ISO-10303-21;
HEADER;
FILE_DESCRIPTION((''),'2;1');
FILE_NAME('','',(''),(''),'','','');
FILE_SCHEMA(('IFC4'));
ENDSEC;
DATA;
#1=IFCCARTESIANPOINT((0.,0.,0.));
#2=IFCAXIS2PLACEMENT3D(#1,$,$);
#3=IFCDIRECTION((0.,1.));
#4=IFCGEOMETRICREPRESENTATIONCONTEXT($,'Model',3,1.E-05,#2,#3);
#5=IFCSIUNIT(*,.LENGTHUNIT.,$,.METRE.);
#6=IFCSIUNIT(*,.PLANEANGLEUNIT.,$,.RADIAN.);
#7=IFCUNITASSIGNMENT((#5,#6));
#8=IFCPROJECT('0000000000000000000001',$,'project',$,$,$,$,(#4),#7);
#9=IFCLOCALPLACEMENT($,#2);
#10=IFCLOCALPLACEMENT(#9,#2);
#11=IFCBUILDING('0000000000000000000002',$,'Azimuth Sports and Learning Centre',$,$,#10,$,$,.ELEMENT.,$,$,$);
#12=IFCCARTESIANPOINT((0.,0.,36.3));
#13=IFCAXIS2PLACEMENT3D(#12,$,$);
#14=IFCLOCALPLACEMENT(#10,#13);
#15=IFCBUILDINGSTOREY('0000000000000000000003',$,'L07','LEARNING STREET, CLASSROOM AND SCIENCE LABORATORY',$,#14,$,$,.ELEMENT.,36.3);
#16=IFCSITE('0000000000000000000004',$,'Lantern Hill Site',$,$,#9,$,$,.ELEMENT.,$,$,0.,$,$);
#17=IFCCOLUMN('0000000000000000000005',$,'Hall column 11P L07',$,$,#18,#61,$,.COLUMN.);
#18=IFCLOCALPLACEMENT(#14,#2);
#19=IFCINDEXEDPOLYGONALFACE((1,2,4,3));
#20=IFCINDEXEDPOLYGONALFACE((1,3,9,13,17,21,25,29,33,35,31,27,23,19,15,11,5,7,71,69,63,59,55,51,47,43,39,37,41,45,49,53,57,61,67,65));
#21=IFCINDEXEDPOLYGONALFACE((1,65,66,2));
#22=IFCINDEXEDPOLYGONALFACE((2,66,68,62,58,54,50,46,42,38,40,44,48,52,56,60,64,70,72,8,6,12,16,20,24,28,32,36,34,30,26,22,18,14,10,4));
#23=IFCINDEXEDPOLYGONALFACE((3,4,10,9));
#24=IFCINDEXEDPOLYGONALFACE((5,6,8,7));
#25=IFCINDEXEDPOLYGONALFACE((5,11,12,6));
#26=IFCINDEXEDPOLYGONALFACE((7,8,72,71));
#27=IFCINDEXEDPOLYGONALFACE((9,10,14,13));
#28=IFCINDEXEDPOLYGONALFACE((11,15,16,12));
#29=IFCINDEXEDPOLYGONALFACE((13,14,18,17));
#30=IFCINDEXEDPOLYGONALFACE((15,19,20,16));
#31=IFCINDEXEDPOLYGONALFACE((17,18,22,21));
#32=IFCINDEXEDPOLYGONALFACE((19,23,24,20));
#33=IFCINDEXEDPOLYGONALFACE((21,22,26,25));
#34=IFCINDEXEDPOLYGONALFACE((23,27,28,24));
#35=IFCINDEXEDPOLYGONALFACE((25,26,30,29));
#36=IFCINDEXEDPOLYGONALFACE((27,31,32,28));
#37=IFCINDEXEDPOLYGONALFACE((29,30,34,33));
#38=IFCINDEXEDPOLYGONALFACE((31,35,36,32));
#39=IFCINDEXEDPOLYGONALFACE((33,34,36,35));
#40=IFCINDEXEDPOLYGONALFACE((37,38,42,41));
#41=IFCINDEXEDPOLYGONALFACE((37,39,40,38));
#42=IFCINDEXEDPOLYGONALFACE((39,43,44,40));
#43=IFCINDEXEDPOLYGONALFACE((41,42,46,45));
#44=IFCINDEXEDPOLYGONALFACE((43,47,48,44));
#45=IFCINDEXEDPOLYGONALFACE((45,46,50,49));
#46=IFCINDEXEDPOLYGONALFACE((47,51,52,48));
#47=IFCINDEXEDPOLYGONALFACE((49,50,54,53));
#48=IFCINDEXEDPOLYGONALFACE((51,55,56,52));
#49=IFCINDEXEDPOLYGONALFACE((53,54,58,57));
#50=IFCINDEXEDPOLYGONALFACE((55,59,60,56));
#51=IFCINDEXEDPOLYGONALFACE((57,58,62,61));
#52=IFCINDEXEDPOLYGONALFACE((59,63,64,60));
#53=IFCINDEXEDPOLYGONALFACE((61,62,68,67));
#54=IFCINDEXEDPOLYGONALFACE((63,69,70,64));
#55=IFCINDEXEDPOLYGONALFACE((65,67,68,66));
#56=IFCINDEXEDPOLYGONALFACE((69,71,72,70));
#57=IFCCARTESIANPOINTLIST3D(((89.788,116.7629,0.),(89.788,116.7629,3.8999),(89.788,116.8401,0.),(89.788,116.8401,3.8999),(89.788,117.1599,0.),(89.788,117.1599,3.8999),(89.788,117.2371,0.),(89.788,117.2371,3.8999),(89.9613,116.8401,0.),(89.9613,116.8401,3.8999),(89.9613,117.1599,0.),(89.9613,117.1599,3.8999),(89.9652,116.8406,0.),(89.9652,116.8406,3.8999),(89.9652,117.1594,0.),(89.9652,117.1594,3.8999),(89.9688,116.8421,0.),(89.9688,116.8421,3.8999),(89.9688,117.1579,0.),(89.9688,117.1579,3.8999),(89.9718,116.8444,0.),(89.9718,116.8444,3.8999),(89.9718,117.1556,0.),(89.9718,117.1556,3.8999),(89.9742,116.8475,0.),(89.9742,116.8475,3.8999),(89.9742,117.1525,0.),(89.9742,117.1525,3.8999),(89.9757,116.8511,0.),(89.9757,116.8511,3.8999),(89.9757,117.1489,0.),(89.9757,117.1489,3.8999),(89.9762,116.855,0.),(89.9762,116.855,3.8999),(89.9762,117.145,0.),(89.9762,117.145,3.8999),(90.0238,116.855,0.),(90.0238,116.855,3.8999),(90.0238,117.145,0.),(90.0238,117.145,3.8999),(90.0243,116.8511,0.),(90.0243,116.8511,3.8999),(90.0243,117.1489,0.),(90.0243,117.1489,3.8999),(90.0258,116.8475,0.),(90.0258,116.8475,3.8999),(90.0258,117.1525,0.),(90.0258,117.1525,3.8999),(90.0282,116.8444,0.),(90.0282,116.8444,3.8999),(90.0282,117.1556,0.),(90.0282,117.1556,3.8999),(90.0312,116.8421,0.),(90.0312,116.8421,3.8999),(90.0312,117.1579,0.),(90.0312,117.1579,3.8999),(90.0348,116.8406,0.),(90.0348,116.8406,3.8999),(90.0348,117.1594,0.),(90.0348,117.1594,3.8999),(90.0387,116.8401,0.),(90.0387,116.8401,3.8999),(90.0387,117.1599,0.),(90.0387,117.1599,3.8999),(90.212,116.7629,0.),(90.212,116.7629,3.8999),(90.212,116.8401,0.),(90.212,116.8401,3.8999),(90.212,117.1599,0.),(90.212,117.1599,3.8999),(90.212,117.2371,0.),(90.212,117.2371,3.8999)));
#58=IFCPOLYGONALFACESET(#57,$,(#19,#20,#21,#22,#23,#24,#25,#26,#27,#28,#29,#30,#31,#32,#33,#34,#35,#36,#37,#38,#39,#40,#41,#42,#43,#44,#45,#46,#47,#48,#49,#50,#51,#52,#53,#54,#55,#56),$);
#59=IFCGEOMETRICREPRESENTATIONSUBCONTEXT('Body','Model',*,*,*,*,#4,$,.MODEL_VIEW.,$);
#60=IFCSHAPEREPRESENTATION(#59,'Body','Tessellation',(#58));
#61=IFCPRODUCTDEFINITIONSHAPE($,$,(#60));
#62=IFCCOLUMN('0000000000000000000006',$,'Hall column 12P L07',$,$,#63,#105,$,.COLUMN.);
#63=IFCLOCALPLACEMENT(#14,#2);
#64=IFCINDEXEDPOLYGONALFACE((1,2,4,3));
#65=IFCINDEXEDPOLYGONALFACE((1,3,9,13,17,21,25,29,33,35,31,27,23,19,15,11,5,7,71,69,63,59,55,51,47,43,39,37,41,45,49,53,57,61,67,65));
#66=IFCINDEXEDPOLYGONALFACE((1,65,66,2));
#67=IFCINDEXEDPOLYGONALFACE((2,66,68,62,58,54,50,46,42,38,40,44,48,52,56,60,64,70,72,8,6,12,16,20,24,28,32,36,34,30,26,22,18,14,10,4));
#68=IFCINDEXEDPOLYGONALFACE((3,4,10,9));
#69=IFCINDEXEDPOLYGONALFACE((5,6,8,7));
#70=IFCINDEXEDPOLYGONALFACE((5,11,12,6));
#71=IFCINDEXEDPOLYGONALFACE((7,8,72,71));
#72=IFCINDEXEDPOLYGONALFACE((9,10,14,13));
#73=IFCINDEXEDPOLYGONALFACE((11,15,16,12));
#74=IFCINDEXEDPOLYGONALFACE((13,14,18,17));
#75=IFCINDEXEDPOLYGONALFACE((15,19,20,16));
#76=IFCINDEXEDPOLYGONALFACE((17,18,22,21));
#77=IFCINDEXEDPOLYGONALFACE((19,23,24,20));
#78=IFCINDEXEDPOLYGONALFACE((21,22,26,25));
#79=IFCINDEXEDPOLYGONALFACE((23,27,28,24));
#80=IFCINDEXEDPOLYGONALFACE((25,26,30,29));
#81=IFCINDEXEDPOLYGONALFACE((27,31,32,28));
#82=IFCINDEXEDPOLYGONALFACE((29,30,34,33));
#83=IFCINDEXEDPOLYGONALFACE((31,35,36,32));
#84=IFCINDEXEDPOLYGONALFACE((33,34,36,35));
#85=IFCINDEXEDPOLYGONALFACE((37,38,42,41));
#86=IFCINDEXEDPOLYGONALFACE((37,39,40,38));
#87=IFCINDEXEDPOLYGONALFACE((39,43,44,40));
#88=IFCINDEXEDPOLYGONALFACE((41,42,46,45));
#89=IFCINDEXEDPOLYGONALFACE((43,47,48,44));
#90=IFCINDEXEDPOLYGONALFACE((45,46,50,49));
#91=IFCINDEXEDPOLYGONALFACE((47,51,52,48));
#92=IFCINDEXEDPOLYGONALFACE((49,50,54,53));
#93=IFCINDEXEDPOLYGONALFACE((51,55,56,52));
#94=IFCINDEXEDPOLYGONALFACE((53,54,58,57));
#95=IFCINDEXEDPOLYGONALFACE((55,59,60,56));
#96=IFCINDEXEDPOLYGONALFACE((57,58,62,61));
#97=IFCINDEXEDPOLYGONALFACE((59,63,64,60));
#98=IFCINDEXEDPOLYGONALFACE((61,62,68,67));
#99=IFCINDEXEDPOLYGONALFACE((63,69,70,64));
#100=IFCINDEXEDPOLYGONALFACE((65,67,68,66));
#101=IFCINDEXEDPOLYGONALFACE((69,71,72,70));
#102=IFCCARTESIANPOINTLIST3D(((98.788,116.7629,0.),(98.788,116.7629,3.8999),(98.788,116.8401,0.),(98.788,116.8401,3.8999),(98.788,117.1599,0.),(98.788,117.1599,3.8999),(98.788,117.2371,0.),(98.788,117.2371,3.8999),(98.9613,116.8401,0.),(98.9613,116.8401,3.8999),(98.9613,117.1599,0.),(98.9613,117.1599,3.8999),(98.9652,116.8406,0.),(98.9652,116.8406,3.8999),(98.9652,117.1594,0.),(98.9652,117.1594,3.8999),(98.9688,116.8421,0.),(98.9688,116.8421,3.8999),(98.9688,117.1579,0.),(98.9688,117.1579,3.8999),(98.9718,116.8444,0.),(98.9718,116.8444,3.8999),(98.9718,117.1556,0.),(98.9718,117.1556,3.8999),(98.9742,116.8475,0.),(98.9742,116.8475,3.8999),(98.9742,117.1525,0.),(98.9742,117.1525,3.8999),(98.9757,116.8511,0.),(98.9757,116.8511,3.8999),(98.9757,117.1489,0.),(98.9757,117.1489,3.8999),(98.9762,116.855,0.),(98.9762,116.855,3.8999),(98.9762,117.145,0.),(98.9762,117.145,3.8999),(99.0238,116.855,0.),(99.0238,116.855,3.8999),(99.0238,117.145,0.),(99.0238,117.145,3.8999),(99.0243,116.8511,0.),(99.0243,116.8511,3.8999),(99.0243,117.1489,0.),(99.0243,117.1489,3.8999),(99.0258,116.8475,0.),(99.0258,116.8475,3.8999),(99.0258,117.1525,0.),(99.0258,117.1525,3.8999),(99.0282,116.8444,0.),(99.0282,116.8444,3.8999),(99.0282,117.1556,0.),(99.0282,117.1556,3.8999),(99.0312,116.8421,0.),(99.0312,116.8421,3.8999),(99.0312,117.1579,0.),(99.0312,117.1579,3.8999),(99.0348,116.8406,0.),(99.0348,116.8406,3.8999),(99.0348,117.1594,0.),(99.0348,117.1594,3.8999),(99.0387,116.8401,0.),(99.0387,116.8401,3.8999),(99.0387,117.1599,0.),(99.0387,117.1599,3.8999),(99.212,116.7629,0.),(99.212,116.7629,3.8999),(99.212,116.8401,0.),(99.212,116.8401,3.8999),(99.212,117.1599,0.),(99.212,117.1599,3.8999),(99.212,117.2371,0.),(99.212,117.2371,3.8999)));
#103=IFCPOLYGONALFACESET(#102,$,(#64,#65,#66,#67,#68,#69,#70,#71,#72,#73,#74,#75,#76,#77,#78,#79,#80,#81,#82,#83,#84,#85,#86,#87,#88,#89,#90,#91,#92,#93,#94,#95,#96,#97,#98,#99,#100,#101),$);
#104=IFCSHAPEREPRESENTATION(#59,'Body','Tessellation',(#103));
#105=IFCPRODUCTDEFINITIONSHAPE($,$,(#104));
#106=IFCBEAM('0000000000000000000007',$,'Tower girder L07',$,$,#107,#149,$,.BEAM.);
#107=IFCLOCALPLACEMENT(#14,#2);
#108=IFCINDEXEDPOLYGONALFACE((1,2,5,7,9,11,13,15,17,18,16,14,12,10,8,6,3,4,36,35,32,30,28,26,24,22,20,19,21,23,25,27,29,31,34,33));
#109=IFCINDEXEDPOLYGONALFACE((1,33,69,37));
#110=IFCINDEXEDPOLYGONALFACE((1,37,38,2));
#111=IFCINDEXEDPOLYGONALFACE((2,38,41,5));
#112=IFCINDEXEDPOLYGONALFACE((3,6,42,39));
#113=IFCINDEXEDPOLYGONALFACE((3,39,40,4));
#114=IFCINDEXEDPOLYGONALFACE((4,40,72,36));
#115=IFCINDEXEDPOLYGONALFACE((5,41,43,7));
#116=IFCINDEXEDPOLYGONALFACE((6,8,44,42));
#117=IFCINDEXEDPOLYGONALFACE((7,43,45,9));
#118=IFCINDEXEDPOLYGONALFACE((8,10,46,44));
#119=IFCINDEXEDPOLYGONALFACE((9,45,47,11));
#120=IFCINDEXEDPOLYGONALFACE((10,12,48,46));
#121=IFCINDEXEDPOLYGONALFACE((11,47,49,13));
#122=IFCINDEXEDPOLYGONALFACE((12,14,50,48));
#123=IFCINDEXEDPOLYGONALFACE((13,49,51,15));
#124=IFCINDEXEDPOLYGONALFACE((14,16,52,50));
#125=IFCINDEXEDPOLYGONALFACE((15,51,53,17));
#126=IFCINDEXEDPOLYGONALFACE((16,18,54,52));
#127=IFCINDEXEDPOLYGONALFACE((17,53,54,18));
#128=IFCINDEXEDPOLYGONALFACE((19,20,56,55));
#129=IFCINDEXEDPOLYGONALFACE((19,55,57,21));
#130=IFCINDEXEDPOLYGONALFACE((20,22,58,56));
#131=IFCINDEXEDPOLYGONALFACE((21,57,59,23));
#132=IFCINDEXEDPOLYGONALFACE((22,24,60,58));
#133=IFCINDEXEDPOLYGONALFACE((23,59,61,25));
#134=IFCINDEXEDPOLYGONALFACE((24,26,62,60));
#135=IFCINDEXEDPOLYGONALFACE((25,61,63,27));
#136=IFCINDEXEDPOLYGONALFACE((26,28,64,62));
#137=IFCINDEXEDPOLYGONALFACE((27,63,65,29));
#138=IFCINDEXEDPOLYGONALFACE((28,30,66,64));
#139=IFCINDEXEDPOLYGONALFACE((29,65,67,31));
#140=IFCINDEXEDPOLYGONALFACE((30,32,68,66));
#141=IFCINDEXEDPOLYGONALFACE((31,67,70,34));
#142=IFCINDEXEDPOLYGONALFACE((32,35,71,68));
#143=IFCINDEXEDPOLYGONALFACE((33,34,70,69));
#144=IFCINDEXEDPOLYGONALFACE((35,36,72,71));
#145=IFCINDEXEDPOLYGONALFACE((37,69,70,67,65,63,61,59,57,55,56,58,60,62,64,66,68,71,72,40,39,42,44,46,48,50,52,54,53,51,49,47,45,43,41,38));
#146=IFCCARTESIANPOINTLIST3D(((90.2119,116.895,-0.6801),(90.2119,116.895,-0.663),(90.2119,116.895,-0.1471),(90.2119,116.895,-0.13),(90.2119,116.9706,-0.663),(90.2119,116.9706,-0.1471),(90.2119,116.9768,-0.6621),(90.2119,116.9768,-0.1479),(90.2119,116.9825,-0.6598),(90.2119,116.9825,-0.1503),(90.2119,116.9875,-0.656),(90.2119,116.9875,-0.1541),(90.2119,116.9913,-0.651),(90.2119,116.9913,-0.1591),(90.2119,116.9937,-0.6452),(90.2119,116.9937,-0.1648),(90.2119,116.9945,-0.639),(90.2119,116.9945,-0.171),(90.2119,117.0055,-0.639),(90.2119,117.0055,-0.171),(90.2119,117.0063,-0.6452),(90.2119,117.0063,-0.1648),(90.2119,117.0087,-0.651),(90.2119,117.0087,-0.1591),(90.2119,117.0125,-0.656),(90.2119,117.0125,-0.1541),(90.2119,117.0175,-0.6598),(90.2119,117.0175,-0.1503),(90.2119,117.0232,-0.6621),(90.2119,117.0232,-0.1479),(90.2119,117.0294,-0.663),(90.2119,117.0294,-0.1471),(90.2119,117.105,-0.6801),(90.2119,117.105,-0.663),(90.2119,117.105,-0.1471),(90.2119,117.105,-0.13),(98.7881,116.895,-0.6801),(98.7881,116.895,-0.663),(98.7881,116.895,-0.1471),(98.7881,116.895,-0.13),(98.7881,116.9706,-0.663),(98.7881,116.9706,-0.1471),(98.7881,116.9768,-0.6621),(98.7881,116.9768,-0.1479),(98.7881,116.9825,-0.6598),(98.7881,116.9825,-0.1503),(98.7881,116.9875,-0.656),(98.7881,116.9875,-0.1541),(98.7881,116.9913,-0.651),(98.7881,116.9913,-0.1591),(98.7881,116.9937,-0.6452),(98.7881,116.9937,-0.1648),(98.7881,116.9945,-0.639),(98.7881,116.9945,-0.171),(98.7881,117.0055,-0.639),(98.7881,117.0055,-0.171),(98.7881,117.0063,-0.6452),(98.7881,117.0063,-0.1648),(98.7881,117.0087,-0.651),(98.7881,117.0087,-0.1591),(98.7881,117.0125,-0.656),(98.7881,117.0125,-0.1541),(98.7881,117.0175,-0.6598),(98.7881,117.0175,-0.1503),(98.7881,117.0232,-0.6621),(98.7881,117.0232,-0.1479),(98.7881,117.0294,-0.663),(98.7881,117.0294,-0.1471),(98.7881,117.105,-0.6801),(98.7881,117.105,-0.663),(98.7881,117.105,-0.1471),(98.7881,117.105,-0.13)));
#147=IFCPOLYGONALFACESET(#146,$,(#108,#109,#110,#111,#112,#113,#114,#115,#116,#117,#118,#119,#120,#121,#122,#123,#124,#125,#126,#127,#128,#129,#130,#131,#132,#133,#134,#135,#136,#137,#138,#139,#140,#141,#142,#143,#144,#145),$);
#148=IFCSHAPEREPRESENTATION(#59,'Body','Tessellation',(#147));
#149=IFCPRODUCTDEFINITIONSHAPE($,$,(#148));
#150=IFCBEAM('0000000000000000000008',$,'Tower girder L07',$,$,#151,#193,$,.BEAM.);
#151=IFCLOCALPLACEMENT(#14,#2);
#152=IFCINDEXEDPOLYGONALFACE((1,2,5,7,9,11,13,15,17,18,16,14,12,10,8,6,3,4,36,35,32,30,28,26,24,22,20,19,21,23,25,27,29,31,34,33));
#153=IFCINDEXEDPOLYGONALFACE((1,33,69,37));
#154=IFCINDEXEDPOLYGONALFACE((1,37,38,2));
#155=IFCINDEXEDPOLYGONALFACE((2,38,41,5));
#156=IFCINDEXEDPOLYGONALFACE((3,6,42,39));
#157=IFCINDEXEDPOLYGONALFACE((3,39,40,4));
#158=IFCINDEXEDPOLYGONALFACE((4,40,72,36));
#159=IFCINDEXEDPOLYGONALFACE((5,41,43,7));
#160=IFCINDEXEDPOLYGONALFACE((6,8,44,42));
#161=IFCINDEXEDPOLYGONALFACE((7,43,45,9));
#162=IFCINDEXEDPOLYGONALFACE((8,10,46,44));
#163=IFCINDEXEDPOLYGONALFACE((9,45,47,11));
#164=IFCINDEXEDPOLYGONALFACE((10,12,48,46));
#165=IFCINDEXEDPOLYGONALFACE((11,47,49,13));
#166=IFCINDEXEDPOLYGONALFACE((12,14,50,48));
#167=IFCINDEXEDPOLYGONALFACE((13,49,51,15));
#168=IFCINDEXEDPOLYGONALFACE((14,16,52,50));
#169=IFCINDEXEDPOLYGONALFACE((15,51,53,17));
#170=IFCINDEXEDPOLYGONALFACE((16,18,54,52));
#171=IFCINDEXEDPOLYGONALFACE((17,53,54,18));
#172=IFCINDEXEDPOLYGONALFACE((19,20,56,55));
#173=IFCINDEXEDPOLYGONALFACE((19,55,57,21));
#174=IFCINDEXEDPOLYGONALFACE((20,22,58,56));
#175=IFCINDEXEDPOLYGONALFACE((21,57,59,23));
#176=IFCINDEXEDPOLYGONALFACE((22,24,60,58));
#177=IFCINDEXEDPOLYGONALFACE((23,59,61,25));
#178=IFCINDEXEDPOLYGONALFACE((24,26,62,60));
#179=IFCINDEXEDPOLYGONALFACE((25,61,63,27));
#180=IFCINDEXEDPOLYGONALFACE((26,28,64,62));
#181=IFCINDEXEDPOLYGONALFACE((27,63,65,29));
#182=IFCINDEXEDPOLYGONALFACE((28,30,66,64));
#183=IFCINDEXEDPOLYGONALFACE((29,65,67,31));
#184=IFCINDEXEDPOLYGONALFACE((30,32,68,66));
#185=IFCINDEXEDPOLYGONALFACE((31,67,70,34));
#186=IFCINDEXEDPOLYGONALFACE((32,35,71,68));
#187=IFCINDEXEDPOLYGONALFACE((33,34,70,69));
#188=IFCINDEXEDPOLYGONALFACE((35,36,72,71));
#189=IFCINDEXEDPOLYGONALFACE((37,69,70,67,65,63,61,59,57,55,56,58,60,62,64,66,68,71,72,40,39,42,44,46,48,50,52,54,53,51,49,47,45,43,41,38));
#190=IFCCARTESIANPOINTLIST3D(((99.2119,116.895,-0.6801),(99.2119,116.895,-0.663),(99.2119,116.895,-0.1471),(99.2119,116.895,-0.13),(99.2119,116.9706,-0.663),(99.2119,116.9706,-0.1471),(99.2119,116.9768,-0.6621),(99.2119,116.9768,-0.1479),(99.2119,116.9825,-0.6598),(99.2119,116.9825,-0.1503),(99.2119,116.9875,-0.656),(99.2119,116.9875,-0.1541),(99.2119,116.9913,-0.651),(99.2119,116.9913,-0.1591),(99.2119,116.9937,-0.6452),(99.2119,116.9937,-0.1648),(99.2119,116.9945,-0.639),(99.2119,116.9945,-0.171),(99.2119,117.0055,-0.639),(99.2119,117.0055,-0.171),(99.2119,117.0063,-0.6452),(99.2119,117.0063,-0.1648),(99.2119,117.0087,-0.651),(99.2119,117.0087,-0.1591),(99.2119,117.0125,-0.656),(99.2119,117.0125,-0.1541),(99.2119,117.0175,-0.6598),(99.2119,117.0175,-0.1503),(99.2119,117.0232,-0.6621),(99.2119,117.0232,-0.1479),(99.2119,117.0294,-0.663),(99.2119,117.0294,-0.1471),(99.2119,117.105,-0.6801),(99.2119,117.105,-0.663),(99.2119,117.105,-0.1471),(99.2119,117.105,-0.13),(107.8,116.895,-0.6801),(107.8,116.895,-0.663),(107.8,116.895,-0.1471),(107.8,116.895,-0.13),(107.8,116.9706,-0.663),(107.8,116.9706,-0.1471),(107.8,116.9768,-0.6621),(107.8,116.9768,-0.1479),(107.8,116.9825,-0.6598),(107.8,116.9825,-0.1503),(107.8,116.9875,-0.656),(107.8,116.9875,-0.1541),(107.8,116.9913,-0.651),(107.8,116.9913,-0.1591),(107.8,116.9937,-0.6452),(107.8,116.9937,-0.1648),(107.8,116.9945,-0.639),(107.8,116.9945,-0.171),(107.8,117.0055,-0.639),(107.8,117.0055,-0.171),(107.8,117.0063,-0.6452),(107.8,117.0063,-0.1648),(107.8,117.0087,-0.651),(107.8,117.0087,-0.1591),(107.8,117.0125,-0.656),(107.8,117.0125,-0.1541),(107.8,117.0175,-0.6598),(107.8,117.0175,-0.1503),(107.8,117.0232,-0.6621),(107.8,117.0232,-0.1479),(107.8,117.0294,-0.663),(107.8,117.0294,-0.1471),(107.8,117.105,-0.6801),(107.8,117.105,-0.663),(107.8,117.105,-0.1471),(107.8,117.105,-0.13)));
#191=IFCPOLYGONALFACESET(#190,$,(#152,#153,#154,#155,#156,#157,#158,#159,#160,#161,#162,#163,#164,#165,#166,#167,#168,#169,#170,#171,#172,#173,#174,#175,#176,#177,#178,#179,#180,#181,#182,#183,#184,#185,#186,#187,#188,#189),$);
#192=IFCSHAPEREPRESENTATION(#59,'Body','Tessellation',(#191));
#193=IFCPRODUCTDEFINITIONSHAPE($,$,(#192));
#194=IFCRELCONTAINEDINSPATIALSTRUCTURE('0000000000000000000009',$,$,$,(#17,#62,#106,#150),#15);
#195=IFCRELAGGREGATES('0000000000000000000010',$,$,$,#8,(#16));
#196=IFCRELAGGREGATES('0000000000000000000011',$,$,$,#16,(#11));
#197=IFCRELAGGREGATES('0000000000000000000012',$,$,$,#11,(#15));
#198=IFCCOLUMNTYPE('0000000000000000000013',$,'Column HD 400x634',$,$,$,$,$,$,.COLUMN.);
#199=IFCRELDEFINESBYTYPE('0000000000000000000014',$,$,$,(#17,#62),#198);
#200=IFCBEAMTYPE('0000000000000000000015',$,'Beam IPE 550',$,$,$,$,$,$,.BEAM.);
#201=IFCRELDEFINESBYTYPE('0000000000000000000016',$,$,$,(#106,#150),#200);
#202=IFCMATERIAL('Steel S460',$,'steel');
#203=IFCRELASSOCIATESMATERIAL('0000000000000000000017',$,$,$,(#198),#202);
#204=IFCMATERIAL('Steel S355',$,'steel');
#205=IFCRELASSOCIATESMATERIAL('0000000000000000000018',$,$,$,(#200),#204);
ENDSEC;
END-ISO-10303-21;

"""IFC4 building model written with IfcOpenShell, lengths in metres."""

from ifc_helpers import new_model, si_unit, direction, frame, origin, origin_2d, place, context, subcontext, project, spatial, i_section, extrude, material, material_profile, profile_set, type_object, element, save


model = new_model("IFC4")

# Units and contexts
model_context = context("Model", 3, precision=1e-05, world=origin(), true_north=direction((0.0, 1.0)))
body_context = subcontext(model_context, "Body", "Model", "MODEL_VIEW")
ifc_project = project(units=[si_unit("LENGTHUNIT", "METRE"), si_unit("PLANEANGLEUNIT", "RADIAN")], contexts=[model_context])

# Site, building, storey
site_placement = place(None, origin())
site = spatial("IfcSite", under=ifc_project, at=site_placement, Name="Lantern Hill Site", CompositionType="ELEMENT", RefElevation=0.0)
building_placement = place(site_placement, origin())
building = spatial("IfcBuilding", under=site, at=building_placement, Name="Azimuth Sports and Learning Centre", CompositionType="ELEMENT")
storey_placement = place(building_placement, frame((0.0, 0.0, 36.3)))
storey = spatial("IfcBuildingStorey", under=building, at=storey_placement, Name="L07", Description="LEARNING STREET, CLASSROOM AND SCIENCE LABORATORY", CompositionType="ELEMENT", Elevation=36.3)

# Columns
ifc_material_1 = material(Name="Steel S460", Category="steel")
ifc_material_profile_1 = material_profile(ifc_material_1, i_section(OverallWidth=0.4241, OverallDepth=0.4741, WebThickness=0.0476, FlangeThickness=0.0771, FilletRadius=0.0149, at=origin_2d()), Name="HD 400x634")
ifc_profile_set_1 = profile_set([ifc_material_profile_1], Name="Steel S460")
column_type = type_object("IfcColumnType", Name="Column HD 400x634", PredefinedType="COLUMN", material=ifc_profile_set_1)
for number, where, z_axis, x_axis, name in (
    (1, (90.0, 117.0, 0.0), (0.0, 0.0, 1.0), (1.0, 0.0, 0.0), "Hall column 11P L07"),
    (2, (99.0, 117.0, 0.0), (0.0, 0.0, 1.0), (1.0, 0.0, 0.0), "Hall column 12P L07"),
):
    element("IfcColumn", number, at=place(storey_placement, frame(where, z_axis=z_axis, x_axis=x_axis)), inside=storey, type_object=column_type, Name=name, PredefinedType="COLUMN", context=body_context, shape_type="SweptSolid", body=[
        extrude(i_section(OverallWidth=0.4241, OverallDepth=0.4741, WebThickness=0.0476, FlangeThickness=0.0771, FilletRadius=0.0149, at=origin_2d()), origin(), (0.0, 0.0, 1.0), 3.8999),
    ])

# Beams
ifc_material_2 = material(Name="Steel S355", Category="steel")
ifc_material_profile_2 = material_profile(ifc_material_2, i_section(OverallWidth=0.21, OverallDepth=0.55, WebThickness=0.011, FlangeThickness=0.0171, FilletRadius=0.0239, at=origin_2d()), Name="IPE 550")
ifc_profile_set_2 = profile_set([ifc_material_profile_2], Name="Steel S355")
beam_type_1 = type_object("IfcBeamType", Name="Beam IPE 550", PredefinedType="BEAM", material=ifc_profile_set_2)
beam_1_placement = place(storey_placement, frame((90.2119, 117.0, -0.405), z_axis=(1.0, 0.0, 0.0), x_axis=(0.0, 1.0, 0.0)))
element("IfcBeam", 3, at=beam_1_placement, inside=storey, type_object=beam_type_1, Name="Tower girder L07", PredefinedType="BEAM", context=body_context, shape_type="SweptSolid", body=[
    extrude(i_section(OverallWidth=0.21, OverallDepth=0.55, WebThickness=0.011, FlangeThickness=0.0171, FilletRadius=0.0239, at=origin_2d()), origin(), (0.0, 0.0, 1.0), 8.5762),
])
beam_2_placement = place(storey_placement, frame((99.2119, 117.0, -0.405), z_axis=(1.0, 0.0, 0.0), x_axis=(0.0, 1.0, 0.0)))
element("IfcBeam", 4, at=beam_2_placement, inside=storey, type_object=beam_type_1, Name="Tower girder L07", PredefinedType="BEAM", context=body_context, shape_type="SweptSolid", body=[
    extrude(i_section(OverallWidth=0.21, OverallDepth=0.55, WebThickness=0.011, FlangeThickness=0.0171, FilletRadius=0.0239, at=origin_2d()), origin(), (0.0, 0.0, 1.0), 8.5881),
])

save(model, "model.ifc")
